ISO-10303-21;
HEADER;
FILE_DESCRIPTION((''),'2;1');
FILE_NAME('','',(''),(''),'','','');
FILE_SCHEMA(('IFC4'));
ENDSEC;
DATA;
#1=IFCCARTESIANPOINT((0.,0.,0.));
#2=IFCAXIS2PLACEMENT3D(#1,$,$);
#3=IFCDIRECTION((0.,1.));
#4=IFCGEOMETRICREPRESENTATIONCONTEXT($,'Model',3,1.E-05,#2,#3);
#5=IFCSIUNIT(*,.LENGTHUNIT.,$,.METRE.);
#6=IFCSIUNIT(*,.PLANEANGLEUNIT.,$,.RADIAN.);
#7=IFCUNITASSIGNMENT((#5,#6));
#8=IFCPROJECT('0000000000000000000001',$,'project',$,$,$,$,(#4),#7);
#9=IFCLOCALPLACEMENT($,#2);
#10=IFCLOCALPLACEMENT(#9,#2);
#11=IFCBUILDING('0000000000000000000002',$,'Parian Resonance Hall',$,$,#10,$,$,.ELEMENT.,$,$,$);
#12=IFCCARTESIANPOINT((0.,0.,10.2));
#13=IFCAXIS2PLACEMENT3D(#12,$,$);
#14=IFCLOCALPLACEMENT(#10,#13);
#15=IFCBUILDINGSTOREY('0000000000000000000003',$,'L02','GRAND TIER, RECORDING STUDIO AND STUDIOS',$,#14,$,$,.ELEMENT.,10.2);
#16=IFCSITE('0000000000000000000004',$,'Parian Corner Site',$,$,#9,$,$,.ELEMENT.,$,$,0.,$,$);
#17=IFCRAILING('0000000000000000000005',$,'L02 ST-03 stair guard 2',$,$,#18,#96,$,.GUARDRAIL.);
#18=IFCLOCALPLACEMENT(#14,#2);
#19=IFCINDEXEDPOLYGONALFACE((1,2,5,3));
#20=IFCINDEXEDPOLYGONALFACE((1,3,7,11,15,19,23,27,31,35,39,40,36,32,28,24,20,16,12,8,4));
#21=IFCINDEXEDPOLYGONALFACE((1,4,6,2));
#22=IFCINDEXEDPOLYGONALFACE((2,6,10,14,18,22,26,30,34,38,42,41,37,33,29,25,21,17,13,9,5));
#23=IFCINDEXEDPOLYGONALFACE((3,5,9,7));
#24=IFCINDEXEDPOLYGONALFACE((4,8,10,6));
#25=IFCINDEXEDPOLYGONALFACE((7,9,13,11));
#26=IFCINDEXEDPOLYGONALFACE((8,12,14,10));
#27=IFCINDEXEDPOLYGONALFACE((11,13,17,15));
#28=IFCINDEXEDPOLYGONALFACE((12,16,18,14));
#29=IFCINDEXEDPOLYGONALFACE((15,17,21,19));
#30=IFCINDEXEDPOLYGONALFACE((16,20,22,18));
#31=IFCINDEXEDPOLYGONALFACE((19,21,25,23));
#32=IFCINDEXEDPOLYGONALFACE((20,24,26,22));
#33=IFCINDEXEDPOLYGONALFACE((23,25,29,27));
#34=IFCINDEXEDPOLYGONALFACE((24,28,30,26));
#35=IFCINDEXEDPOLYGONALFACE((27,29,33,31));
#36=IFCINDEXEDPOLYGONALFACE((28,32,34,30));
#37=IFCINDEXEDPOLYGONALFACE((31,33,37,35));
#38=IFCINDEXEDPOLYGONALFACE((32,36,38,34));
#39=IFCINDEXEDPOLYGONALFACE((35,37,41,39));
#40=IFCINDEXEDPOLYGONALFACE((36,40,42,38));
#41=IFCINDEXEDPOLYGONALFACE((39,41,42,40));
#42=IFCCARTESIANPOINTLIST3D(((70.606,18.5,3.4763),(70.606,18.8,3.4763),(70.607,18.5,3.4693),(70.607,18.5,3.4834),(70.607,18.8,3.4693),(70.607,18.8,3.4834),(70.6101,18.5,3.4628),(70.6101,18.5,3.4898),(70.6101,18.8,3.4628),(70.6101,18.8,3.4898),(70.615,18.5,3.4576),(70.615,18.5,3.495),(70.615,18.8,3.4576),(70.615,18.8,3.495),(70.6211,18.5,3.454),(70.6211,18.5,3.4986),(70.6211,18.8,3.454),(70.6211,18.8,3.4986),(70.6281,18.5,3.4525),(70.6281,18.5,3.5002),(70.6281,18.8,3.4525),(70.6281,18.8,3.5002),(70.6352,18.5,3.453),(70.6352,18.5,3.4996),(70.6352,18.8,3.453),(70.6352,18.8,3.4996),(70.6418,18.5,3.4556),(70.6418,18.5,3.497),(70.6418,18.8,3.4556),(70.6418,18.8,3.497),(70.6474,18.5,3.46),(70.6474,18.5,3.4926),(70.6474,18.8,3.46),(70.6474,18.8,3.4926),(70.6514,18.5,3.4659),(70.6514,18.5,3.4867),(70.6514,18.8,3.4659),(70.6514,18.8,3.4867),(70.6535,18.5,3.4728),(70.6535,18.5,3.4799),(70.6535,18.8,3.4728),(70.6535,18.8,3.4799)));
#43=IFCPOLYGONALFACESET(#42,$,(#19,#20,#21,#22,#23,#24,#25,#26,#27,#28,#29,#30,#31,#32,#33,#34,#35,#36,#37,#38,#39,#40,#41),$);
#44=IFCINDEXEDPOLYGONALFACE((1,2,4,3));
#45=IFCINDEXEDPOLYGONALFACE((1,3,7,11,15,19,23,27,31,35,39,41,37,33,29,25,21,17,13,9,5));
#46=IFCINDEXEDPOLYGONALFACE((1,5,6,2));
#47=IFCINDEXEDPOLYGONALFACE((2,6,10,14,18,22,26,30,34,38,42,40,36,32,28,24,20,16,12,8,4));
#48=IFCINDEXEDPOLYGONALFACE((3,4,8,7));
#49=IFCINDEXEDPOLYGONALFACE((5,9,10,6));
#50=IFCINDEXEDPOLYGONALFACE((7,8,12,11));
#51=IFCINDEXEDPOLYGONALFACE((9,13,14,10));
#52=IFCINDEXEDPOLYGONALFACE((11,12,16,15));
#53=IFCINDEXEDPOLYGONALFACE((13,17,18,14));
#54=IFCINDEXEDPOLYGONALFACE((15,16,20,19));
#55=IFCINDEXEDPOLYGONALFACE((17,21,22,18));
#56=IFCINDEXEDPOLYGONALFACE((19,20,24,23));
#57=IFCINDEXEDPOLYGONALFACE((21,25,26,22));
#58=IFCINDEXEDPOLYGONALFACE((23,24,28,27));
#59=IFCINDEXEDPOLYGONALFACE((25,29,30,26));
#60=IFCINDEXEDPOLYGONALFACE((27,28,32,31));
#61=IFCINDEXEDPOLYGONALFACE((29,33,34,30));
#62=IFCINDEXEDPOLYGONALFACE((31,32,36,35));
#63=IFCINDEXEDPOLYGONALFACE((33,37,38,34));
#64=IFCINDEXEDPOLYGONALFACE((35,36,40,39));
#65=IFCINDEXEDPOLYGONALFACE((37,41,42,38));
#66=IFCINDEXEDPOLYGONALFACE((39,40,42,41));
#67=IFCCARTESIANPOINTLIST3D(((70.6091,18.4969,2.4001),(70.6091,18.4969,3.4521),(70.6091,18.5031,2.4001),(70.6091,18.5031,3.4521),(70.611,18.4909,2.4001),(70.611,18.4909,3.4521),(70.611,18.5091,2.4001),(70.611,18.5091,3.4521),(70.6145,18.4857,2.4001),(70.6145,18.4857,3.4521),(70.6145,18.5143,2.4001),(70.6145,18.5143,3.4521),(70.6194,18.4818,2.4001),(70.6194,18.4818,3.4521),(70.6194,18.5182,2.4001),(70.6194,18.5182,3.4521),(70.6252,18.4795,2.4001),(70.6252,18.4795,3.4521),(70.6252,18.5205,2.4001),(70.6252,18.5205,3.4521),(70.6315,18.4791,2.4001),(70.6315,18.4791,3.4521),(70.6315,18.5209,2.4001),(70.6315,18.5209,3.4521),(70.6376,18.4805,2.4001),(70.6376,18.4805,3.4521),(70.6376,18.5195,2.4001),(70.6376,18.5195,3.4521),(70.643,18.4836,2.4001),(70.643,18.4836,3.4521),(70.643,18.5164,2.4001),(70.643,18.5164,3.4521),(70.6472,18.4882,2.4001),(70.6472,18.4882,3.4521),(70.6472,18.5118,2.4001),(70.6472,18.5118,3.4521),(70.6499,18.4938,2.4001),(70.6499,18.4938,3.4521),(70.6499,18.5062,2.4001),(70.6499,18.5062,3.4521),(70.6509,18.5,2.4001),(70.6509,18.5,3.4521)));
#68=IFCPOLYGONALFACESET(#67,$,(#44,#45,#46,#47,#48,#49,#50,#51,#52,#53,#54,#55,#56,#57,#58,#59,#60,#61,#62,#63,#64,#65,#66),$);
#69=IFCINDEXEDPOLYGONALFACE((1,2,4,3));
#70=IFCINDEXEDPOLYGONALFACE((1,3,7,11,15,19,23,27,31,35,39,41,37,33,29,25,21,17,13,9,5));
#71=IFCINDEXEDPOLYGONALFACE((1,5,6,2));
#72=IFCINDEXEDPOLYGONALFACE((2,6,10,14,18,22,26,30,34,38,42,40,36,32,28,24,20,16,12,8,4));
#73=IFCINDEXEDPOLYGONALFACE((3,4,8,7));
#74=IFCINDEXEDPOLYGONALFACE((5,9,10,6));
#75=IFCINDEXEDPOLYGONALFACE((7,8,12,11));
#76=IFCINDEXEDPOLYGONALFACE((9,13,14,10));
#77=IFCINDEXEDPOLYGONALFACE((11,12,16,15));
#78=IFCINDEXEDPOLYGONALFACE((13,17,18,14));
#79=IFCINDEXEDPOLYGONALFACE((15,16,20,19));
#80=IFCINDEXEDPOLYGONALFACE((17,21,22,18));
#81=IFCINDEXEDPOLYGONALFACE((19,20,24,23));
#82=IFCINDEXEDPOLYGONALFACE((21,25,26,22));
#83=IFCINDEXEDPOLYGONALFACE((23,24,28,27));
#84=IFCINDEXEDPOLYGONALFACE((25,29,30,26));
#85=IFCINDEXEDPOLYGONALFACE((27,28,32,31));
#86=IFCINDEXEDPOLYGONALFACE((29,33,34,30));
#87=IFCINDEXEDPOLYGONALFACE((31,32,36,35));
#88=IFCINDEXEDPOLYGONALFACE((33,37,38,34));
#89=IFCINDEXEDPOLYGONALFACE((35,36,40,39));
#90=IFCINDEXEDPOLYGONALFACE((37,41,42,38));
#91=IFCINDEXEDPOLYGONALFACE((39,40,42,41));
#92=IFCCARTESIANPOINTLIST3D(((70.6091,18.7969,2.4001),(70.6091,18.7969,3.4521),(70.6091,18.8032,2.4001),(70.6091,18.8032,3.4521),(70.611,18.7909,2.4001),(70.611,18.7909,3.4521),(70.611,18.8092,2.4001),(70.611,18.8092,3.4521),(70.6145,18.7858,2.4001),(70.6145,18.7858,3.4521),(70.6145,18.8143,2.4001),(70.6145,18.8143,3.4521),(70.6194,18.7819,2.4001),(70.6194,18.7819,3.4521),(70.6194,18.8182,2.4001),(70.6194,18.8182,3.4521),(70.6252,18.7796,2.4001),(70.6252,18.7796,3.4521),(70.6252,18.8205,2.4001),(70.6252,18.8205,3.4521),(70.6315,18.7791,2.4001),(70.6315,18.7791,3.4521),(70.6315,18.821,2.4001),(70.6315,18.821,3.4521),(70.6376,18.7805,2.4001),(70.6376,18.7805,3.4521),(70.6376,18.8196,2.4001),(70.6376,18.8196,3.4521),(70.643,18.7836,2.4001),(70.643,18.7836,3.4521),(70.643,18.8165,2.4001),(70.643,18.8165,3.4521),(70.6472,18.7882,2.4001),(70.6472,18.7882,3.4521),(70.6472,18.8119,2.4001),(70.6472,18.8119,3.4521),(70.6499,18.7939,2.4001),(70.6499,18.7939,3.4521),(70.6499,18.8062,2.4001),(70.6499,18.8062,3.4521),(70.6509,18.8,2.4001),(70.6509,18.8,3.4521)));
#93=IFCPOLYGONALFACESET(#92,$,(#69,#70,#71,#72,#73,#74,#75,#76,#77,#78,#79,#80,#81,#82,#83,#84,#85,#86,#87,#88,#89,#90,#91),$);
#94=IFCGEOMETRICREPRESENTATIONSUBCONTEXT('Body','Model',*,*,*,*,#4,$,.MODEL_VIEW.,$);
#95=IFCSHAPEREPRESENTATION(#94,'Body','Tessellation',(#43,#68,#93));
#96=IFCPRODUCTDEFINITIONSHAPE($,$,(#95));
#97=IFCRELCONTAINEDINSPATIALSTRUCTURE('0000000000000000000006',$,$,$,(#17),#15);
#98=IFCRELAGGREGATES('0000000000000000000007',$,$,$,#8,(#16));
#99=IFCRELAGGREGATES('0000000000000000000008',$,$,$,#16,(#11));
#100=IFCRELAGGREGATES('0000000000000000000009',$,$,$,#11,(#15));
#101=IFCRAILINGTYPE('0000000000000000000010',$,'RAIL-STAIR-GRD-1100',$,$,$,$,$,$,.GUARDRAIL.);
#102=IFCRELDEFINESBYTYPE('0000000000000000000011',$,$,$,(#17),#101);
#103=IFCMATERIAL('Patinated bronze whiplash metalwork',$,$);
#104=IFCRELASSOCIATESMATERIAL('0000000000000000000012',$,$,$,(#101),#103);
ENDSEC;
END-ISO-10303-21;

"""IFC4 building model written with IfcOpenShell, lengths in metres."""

from ifc_helpers import new_model, si_unit, direction, frame, origin, origin_2d, place, context, subcontext, project, spatial, circle, extrude, material, type_object, element, save


model = new_model("IFC4")

# Units and contexts
model_context = context("Model", 3, precision=1e-05, world=origin(), true_north=direction((0.0, 1.0)))
body_context = subcontext(model_context, "Body", "Model", "MODEL_VIEW")
ifc_project = project(units=[si_unit("LENGTHUNIT", "METRE"), si_unit("PLANEANGLEUNIT", "RADIAN")], contexts=[model_context])

# Site, building, storey
site_placement = place(None, origin())
site = spatial("IfcSite", under=ifc_project, at=site_placement, Name="Parian Corner Site", CompositionType="ELEMENT", RefElevation=0.0)
building_placement = place(site_placement, origin())
building = spatial("IfcBuilding", under=site, at=building_placement, Name="Parian Resonance Hall", CompositionType="ELEMENT")
storey_placement = place(building_placement, frame((0.0, 0.0, 10.2)))
storey = spatial("IfcBuildingStorey", under=building, at=storey_placement, Name="L02", Description="GRAND TIER, RECORDING STUDIO AND STUDIOS", CompositionType="ELEMENT", Elevation=10.2)

# Railing
ifc_material_1 = material(Name="Patinated bronze whiplash metalwork")
railing_type_1 = type_object("IfcRailingType", Name="RAIL-STAIR-GRD-1100", PredefinedType="GUARDRAIL", material=ifc_material_1)
railing_1_placement = place(storey_placement, frame((70.6299, 18.5, 2.4001)))
element("IfcRailing", 1, at=railing_1_placement, inside=storey, type_object=railing_type_1, Name="L02 ST-03 stair guard 2", PredefinedType="GUARDRAIL", context=body_context, shape_type="SweptSolid", body=[
    extrude(circle(Radius=0.0239, at=origin_2d()), frame((0.0, 0.0, 1.0762), z_axis=(0.0, 1.0, 0.0), x_axis=(-1.0, 0.0, 0.0)), (0.0, 0.0, 1.0), 0.3),
    extrude(circle(Radius=0.021, at=origin_2d()), origin(), (0.0, 0.0, 1.0), 1.052),
    extrude(circle(Radius=0.021, at=origin_2d()), frame((0.0, 0.3, 0.0)), (0.0, 0.0, 1.0), 1.052),
])

save(model, "model.ifc")
